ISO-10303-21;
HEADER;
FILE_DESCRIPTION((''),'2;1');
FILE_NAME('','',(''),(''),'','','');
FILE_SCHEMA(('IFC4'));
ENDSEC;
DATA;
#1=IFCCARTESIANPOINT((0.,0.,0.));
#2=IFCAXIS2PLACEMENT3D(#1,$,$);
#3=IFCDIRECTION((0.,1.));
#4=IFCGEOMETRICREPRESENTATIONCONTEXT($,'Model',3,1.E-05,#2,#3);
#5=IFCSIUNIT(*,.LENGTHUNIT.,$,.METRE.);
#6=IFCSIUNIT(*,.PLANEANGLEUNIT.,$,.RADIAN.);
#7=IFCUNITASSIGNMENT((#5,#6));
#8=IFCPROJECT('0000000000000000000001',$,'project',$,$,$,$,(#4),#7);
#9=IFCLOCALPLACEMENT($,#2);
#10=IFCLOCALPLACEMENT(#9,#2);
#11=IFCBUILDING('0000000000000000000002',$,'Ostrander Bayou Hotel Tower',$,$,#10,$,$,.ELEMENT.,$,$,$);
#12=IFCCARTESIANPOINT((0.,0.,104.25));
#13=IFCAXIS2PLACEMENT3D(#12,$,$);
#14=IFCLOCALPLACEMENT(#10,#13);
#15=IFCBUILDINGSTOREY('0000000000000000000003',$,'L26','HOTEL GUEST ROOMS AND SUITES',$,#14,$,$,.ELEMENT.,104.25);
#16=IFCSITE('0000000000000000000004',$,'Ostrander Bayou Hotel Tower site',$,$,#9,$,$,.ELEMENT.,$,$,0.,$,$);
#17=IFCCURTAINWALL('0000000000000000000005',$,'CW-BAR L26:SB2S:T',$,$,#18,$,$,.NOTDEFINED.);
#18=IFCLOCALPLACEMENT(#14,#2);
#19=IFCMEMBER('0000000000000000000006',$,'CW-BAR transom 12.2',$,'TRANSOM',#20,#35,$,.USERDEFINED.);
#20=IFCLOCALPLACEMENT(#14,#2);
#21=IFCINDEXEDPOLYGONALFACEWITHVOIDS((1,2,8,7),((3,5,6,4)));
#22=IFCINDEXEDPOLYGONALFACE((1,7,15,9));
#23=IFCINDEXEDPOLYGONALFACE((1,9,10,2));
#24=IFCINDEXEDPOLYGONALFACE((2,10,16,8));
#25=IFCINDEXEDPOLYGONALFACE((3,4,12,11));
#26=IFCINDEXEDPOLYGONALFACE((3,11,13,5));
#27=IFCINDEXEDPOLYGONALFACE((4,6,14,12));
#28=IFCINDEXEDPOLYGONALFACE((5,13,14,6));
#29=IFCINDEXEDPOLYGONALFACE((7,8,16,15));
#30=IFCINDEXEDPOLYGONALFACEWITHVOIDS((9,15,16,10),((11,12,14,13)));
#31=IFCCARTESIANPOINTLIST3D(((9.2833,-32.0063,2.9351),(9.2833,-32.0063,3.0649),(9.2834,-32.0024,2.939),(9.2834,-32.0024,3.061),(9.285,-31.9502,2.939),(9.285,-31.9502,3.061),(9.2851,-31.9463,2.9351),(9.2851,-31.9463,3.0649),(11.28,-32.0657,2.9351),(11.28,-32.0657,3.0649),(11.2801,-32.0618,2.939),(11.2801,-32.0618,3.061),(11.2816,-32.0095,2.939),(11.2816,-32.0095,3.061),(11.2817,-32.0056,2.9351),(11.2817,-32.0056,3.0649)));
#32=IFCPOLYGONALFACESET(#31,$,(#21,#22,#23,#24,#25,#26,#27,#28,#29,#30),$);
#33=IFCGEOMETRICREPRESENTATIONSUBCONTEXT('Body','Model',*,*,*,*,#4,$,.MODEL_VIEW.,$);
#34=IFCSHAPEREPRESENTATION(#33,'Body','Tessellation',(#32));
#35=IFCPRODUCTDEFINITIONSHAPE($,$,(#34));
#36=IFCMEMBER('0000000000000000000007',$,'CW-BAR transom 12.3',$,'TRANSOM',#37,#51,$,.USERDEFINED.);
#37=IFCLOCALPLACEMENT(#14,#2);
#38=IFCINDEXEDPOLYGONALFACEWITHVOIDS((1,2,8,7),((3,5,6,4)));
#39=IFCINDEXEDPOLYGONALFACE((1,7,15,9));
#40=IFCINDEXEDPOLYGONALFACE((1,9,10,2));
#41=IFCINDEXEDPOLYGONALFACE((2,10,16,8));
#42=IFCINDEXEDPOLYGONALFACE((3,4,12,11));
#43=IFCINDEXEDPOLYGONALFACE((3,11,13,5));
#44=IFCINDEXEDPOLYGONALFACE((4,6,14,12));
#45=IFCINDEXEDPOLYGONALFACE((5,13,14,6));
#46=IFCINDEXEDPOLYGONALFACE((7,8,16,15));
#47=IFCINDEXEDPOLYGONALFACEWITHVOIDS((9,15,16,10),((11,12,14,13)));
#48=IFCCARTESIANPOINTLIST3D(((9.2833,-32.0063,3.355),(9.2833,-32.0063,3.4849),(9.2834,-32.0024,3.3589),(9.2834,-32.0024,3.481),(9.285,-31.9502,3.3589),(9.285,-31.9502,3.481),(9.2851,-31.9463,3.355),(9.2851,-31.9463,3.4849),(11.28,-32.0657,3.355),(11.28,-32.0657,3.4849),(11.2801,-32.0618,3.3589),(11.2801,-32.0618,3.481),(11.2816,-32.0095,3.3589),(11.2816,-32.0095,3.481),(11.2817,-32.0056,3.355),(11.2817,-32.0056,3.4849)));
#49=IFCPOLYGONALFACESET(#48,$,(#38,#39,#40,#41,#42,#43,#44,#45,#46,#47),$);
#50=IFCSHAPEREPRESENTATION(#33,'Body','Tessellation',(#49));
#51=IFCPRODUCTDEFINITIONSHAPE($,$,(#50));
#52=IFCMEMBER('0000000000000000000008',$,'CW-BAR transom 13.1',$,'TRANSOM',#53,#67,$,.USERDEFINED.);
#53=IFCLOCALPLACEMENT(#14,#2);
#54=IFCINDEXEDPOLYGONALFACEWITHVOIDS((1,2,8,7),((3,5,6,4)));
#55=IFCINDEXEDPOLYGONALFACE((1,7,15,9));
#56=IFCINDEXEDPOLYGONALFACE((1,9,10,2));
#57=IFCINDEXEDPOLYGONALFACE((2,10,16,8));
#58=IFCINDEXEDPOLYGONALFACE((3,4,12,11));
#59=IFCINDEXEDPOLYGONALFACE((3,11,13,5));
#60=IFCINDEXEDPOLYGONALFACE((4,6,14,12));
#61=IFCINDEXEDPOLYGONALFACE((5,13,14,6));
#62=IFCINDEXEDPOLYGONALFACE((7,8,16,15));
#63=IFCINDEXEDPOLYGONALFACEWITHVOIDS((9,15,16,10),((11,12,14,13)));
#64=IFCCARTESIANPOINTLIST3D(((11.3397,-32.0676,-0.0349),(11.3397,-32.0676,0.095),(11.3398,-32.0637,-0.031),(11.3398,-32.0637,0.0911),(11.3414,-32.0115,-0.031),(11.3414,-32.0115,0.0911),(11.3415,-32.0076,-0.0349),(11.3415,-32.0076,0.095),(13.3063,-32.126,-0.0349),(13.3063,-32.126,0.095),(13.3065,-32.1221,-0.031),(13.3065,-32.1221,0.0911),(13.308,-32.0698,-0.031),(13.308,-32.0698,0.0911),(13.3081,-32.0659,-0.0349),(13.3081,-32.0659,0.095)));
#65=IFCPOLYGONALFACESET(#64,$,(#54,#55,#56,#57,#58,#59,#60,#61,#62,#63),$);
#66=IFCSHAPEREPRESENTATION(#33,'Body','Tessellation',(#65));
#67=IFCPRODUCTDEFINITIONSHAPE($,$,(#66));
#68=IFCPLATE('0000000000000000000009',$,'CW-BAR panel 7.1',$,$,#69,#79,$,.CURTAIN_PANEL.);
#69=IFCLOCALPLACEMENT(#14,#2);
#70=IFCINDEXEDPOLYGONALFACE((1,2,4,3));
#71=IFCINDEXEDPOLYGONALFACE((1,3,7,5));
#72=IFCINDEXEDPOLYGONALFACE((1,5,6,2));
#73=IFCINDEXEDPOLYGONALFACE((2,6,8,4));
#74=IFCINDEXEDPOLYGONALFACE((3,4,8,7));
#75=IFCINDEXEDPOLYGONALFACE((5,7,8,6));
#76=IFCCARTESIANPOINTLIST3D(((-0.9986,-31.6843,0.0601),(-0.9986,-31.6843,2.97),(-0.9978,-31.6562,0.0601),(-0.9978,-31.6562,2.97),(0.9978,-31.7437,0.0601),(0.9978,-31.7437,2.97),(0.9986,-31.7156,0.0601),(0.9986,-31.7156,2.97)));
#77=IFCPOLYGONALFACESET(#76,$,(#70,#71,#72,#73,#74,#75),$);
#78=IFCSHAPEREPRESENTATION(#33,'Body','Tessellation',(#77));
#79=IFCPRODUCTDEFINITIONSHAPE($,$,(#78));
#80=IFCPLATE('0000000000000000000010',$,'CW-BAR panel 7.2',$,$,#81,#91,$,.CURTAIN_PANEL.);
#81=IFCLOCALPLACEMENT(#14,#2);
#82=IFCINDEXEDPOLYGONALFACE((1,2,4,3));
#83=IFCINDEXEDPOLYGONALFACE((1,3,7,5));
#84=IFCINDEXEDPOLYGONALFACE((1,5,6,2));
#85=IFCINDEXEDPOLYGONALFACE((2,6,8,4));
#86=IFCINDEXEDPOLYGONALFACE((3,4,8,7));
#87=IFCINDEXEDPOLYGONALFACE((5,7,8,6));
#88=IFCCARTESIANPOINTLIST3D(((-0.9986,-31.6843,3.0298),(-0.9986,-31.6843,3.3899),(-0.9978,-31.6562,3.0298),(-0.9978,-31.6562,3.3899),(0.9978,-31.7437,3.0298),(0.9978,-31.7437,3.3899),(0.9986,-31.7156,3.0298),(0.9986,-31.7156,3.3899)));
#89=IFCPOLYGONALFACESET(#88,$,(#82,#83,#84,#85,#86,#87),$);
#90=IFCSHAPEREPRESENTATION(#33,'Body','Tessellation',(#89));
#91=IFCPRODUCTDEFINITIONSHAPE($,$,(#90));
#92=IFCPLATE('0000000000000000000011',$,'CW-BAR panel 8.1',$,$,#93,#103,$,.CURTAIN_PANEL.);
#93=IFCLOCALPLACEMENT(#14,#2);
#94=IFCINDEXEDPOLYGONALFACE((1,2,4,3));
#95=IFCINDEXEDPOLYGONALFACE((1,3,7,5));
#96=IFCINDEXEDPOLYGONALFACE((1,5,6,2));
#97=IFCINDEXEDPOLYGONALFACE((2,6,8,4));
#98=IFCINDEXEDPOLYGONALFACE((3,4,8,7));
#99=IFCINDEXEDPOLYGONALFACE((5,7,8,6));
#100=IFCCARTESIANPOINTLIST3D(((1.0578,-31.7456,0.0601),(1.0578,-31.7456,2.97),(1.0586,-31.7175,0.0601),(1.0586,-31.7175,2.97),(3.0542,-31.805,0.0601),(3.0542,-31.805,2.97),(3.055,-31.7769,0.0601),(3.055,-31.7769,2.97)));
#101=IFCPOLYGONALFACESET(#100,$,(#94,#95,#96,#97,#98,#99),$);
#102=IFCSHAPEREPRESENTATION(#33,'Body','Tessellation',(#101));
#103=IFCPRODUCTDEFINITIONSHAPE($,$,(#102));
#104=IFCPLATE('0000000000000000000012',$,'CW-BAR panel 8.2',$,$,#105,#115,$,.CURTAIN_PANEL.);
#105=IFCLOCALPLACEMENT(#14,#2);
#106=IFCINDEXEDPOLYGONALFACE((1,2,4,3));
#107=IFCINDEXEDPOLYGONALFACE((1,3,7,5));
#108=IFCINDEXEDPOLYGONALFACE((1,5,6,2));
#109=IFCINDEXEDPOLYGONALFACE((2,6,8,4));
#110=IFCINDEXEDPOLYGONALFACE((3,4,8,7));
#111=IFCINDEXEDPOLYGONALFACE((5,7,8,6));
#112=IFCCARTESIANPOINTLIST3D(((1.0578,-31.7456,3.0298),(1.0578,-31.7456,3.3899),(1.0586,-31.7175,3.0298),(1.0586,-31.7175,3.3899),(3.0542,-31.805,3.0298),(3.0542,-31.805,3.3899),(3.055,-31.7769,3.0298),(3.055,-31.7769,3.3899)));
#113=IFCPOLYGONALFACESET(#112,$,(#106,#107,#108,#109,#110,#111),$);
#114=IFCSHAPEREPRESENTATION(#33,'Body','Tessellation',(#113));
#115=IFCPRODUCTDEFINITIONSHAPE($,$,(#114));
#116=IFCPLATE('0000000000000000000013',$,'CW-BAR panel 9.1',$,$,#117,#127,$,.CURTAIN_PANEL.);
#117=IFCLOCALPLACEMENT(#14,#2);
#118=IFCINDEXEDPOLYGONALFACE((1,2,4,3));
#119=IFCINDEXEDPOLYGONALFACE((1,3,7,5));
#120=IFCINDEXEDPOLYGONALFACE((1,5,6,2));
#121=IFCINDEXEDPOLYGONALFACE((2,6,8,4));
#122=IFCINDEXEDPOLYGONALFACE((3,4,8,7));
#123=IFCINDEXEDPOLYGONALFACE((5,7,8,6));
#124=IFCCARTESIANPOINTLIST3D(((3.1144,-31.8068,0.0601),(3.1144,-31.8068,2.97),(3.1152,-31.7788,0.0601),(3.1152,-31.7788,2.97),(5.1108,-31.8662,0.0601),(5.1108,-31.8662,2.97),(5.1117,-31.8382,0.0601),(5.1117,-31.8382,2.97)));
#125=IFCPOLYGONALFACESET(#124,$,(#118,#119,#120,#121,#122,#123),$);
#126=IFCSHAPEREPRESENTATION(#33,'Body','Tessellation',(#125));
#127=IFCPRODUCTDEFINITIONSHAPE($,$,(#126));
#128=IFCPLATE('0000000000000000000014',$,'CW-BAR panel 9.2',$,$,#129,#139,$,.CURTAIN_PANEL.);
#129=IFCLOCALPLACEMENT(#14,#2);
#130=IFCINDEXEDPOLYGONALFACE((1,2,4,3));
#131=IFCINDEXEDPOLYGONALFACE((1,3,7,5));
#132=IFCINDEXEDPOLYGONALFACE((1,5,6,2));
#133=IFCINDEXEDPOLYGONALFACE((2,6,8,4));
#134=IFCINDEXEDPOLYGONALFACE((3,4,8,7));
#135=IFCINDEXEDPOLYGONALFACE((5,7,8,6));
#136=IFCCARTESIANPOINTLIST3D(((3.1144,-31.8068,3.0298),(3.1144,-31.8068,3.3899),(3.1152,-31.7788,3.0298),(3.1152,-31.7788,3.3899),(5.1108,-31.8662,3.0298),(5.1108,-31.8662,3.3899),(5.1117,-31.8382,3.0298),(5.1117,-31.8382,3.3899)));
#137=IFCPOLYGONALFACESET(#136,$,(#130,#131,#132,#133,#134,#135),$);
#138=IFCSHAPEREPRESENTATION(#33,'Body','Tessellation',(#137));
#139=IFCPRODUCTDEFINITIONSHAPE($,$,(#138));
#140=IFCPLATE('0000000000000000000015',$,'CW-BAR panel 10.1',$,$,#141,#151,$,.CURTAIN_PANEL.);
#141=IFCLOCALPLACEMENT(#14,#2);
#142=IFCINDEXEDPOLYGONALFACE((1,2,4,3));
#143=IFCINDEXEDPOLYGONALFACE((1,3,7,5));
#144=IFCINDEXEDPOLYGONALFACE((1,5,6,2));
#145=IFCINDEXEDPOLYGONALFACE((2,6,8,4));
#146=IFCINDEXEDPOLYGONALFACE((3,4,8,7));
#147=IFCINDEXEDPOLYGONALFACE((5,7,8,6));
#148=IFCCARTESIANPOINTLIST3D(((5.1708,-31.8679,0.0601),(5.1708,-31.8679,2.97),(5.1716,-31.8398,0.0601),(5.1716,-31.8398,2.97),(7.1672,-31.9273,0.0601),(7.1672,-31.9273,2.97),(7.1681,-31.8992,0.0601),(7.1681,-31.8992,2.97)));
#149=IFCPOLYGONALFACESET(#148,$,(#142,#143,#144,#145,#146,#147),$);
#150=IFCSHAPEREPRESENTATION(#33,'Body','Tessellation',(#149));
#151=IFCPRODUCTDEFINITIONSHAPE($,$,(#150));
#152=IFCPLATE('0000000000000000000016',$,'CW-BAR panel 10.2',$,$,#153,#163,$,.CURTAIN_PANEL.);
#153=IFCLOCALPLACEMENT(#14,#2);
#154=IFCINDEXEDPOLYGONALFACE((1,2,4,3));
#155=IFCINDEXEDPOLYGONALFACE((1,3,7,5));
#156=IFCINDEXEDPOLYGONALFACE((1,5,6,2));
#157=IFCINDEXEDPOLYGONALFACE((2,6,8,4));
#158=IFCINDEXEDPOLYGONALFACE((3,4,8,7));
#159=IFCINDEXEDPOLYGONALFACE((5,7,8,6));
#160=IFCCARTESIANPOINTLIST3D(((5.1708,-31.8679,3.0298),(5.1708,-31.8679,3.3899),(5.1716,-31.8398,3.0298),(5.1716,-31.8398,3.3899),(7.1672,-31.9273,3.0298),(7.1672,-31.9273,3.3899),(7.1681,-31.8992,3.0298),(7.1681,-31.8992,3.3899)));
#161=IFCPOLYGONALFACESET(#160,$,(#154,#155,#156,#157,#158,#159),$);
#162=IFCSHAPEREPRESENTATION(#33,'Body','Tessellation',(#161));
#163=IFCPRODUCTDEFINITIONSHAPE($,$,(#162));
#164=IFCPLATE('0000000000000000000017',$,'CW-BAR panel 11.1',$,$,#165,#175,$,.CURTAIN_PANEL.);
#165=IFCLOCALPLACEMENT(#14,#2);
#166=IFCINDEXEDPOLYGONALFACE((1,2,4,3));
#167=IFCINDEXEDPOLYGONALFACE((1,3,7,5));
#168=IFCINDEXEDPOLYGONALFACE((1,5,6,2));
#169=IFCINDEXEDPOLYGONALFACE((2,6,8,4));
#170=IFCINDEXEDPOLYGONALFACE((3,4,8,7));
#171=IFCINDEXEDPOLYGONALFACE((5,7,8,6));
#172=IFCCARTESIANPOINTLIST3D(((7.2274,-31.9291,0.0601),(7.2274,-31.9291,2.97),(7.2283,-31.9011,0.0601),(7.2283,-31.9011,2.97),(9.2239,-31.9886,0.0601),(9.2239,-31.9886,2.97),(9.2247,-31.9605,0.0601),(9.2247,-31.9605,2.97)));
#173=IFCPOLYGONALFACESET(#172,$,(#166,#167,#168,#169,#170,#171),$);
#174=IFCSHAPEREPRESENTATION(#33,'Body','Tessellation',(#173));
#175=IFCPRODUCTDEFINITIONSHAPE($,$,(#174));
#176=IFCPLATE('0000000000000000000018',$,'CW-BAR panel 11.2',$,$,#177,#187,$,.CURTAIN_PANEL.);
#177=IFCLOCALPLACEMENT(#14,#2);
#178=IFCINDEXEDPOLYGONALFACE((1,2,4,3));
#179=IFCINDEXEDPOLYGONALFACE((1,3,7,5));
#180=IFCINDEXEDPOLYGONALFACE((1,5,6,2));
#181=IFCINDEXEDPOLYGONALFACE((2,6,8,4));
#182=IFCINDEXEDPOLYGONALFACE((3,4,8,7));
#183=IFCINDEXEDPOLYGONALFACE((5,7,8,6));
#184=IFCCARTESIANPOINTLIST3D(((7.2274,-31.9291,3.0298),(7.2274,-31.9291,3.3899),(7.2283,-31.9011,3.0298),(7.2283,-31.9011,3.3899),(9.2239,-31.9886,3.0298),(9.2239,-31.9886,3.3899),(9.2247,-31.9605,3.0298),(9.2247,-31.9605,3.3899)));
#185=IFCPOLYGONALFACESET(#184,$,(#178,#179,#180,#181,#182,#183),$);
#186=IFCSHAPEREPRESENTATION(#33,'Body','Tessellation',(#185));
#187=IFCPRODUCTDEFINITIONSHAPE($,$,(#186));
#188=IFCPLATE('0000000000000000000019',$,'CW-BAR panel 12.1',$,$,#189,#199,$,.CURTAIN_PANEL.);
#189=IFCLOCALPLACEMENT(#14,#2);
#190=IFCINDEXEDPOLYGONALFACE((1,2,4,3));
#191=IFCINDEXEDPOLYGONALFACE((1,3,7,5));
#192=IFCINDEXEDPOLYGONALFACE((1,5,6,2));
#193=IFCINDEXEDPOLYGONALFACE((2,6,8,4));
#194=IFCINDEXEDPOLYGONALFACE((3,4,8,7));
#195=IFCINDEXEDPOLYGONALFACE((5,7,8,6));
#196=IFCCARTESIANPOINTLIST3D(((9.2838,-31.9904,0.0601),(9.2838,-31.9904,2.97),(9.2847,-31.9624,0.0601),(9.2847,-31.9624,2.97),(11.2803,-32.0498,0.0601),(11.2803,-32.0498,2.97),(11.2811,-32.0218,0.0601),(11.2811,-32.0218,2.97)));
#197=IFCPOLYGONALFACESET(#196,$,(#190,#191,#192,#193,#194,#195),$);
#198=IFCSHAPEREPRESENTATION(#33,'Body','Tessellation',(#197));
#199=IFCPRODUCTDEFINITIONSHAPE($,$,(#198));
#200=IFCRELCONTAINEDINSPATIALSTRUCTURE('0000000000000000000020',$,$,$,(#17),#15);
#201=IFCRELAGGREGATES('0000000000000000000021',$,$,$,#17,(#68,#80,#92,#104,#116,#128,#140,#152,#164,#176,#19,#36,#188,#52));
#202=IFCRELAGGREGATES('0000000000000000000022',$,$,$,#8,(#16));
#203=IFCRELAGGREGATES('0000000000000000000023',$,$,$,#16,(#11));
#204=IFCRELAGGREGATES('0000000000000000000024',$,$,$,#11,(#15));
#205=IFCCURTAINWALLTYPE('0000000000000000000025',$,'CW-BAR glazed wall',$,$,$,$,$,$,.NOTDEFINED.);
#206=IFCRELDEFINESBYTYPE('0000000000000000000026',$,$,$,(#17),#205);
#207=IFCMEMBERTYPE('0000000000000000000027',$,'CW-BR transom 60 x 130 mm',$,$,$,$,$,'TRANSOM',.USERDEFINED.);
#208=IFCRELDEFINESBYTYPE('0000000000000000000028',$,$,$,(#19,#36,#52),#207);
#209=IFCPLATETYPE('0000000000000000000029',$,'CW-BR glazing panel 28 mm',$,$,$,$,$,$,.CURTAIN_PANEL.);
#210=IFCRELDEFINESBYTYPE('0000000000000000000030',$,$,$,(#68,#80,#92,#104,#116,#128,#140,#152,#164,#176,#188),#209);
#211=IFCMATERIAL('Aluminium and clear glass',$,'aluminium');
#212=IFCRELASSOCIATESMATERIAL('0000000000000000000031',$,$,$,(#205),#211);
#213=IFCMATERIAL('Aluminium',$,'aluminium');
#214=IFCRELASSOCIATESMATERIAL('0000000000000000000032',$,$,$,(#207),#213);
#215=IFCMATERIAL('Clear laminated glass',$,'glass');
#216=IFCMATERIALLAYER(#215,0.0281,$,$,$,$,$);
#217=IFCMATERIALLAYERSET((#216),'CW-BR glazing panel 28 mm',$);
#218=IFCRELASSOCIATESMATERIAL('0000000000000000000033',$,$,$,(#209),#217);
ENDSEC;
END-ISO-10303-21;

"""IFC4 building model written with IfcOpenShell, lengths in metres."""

from ifc_helpers import new_model, si_unit, direction, frame, origin, origin_2d, place, context, subcontext, project, spatial, rectangle, hollow_rectangle, extrude, material, layer, layer_set, material_profile, profile_set, type_object, element, aggregate, save


model = new_model("IFC4")

# Units and contexts
model_context = context("Model", 3, precision=1e-05, world=origin(), true_north=direction((0.0, 1.0)))
body_context = subcontext(model_context, "Body", "Model", "MODEL_VIEW")
ifc_project = project(units=[si_unit("LENGTHUNIT", "METRE"), si_unit("PLANEANGLEUNIT", "RADIAN")], contexts=[model_context])

# Site, building, storey
site_placement = place(None, origin())
site = spatial("IfcSite", under=ifc_project, at=site_placement, Name="Ostrander Bayou Hotel Tower site", CompositionType="ELEMENT", RefElevation=0.0)
building_placement = place(site_placement, origin())
building = spatial("IfcBuilding", under=site, at=building_placement, Name="Ostrander Bayou Hotel Tower", CompositionType="ELEMENT")
storey_placement = place(building_placement, frame((0.0, 0.0, 104.25)))
storey = spatial("IfcBuildingStorey", under=building, at=storey_placement, Name="L26", Description="HOTEL GUEST ROOMS AND SUITES", CompositionType="ELEMENT", Elevation=104.25)

# Curtain wall, members, plates
ifc_material_1 = material(Name="Aluminium and clear glass", Category="aluminium")
curtain_wall_type = type_object("IfcCurtainWallType", Name="CW-BAR glazed wall", PredefinedType="NOTDEFINED", material=ifc_material_1)
curtain_wall_placement = place(storey_placement, origin())
curtain_wall = element("IfcCurtainWall", 1, at=curtain_wall_placement, inside=storey, type_object=curtain_wall_type, Name="CW-BAR L26:SB2S:T", PredefinedType="NOTDEFINED")
ifc_material_2 = material(Name="Aluminium", Category="aluminium")
ifc_material_profile_1 = material_profile(ifc_material_2, hollow_rectangle(XDim=0.0601, YDim=0.1299, WallThickness=0.0039, at=origin_2d()))
ifc_profile_set_1 = profile_set([ifc_material_profile_1], Name="Aluminium")
member_type_1 = type_object("IfcMemberType", Name="CW-BR transom 60 x 130 mm", ElementType="TRANSOM", PredefinedType="USERDEFINED", material=ifc_profile_set_1)
member_1_placement = place(storey_placement, frame((9.2842, -31.9763, 3.0), z_axis=(0.999559, -0.029701, 0.0), x_axis=(0.029701, 0.999559, 0.0)))
member_1 = element("IfcMember", 2, at=member_1_placement, type_object=member_type_1, Name="CW-BAR transom 12.2", ObjectType="TRANSOM", PredefinedType="USERDEFINED", context=body_context, shape_type="SweptSolid", body=[
    extrude(hollow_rectangle(XDim=0.0601, YDim=0.1299, WallThickness=0.0039, at=origin_2d()), origin(), (0.0, 0.0, 1.0), 1.9976),
])
member_2_placement = place(storey_placement, frame((9.2842, -31.9763, 3.4199), z_axis=(0.999559, -0.029701, 0.0), x_axis=(0.029701, 0.999559, 0.0)))
member_2 = element("IfcMember", 3, at=member_2_placement, type_object=member_type_1, Name="CW-BAR transom 12.3", ObjectType="TRANSOM", PredefinedType="USERDEFINED", context=body_context, shape_type="SweptSolid", body=[
    extrude(hollow_rectangle(XDim=0.0601, YDim=0.1299, WallThickness=0.0039, at=origin_2d()), origin(), (0.0, 0.0, 1.0), 1.9976),
])
member_3_placement = place(storey_placement, frame((11.3406, -32.0376, 0.03), z_axis=(0.99956, -0.029658, 0.0), x_axis=(0.029658, 0.99956, 0.0)))
member_3 = element("IfcMember", 4, at=member_3_placement, type_object=member_type_1, Name="CW-BAR transom 13.1", ObjectType="TRANSOM", PredefinedType="USERDEFINED", context=body_context, shape_type="SweptSolid", body=[
    extrude(hollow_rectangle(XDim=0.0601, YDim=0.1299, WallThickness=0.0039, at=origin_2d()), origin(), (0.0, 0.0, 1.0), 1.9675),
])
ifc_material_3 = material(Name="Clear laminated glass", Category="glass")
ifc_layer_1 = layer(ifc_material_3, 0.0281)
ifc_layer_set_1 = layer_set([ifc_layer_1], Name="CW-BR glazing panel 28 mm")
plate_type = type_object("IfcPlateType", Name="CW-BR glazing panel 28 mm", PredefinedType="CURTAIN_PANEL", material=ifc_layer_set_1)
plate_1_placement = place(storey_placement, frame((0.0, -31.7, 0.0601), z_axis=(0.0, 0.0, 1.0), x_axis=(0.999557, -0.029746, 0.0)))
plate_1 = element("IfcPlate", 5, at=plate_1_placement, type_object=plate_type, Name="CW-BAR panel 7.1", PredefinedType="CURTAIN_PANEL", context=body_context, shape_type="SweptSolid", body=[
    extrude(rectangle(XDim=1.9973, YDim=0.0281, at=origin_2d()), origin(), (0.0, 0.0, 1.0), 2.9099),
])
plate_2_placement = place(storey_placement, frame((0.0, -31.7, 3.0298), z_axis=(0.0, 0.0, 1.0), x_axis=(0.999557, -0.029746, 0.0)))
plate_2 = element("IfcPlate", 6, at=plate_2_placement, type_object=plate_type, Name="CW-BAR panel 7.2", PredefinedType="CURTAIN_PANEL", context=body_context, shape_type="SweptSolid", body=[
    extrude(rectangle(XDim=1.9973, YDim=0.0281, at=origin_2d()), origin(), (0.0, 0.0, 1.0), 0.3601),
])
plate_3_placement = place(storey_placement, frame((2.0564, -31.7612, 0.0601), z_axis=(0.0, 0.0, 1.0), x_axis=(0.999557, -0.029746, 0.0)))
plate_3 = element("IfcPlate", 7, at=plate_3_placement, type_object=plate_type, Name="CW-BAR panel 8.1", PredefinedType="CURTAIN_PANEL", context=body_context, shape_type="SweptSolid", body=[
    extrude(rectangle(XDim=1.9973, YDim=0.0281, at=origin_2d()), origin(), (0.0, 0.0, 1.0), 2.9099),
])
plate_4_placement = place(storey_placement, frame((2.0564, -31.7612, 3.0298), z_axis=(0.0, 0.0, 1.0), x_axis=(0.999557, -0.029746, 0.0)))
plate_4 = element("IfcPlate", 8, at=plate_4_placement, type_object=plate_type, Name="CW-BAR panel 8.2", PredefinedType="CURTAIN_PANEL", context=body_context, shape_type="SweptSolid", body=[
    extrude(rectangle(XDim=1.9973, YDim=0.0281, at=origin_2d()), origin(), (0.0, 0.0, 1.0), 0.3601),
])
plate_5_placement = place(storey_placement, frame((4.113, -31.8225, 0.0601), z_axis=(0.0, 0.0, 1.0), x_axis=(0.999557, -0.029746, 0.0)))
plate_5 = element("IfcPlate", 9, at=plate_5_placement, type_object=plate_type, Name="CW-BAR panel 9.1", PredefinedType="CURTAIN_PANEL", context=body_context, shape_type="SweptSolid", body=[
    extrude(rectangle(XDim=1.9973, YDim=0.0281, at=origin_2d()), origin(), (0.0, 0.0, 1.0), 2.9099),
])
plate_6_placement = place(storey_placement, frame((4.113, -31.8225, 3.0298), z_axis=(0.0, 0.0, 1.0), x_axis=(0.999557, -0.029746, 0.0)))
plate_6 = element("IfcPlate", 10, at=plate_6_placement, type_object=plate_type, Name="CW-BAR panel 9.2", PredefinedType="CURTAIN_PANEL", context=body_context, shape_type="SweptSolid", body=[
    extrude(rectangle(XDim=1.9973, YDim=0.0281, at=origin_2d()), origin(), (0.0, 0.0, 1.0), 0.3601),
])
plate_7_placement = place(storey_placement, frame((6.1694, -31.8835, 0.0601), z_axis=(0.0, 0.0, 1.0), x_axis=(0.999557, -0.029746, 0.0)))
plate_7 = element("IfcPlate", 11, at=plate_7_placement, type_object=plate_type, Name="CW-BAR panel 10.1", PredefinedType="CURTAIN_PANEL", context=body_context, shape_type="SweptSolid", body=[
    extrude(rectangle(XDim=1.9973, YDim=0.0281, at=origin_2d()), origin(), (0.0, 0.0, 1.0), 2.9099),
])
plate_8_placement = place(storey_placement, frame((6.1694, -31.8835, 3.0298), z_axis=(0.0, 0.0, 1.0), x_axis=(0.999557, -0.029746, 0.0)))
plate_8 = element("IfcPlate", 12, at=plate_8_placement, type_object=plate_type, Name="CW-BAR panel 10.2", PredefinedType="CURTAIN_PANEL", context=body_context, shape_type="SweptSolid", body=[
    extrude(rectangle(XDim=1.9973, YDim=0.0281, at=origin_2d()), origin(), (0.0, 0.0, 1.0), 0.3601),
])
plate_9_placement = place(storey_placement, frame((8.2261, -31.9448, 0.0601), z_axis=(0.0, 0.0, 1.0), x_axis=(0.999557, -0.029746, 0.0)))
plate_9 = element("IfcPlate", 13, at=plate_9_placement, type_object=plate_type, Name="CW-BAR panel 11.1", PredefinedType="CURTAIN_PANEL", context=body_context, shape_type="SweptSolid", body=[
    extrude(rectangle(XDim=1.9973, YDim=0.0281, at=origin_2d()), origin(), (0.0, 0.0, 1.0), 2.9099),
])
plate_10_placement = place(storey_placement, frame((8.2261, -31.9448, 3.0298), z_axis=(0.0, 0.0, 1.0), x_axis=(0.999557, -0.029746, 0.0)))
plate_10 = element("IfcPlate", 14, at=plate_10_placement, type_object=plate_type, Name="CW-BAR panel 11.2", PredefinedType="CURTAIN_PANEL", context=body_context, shape_type="SweptSolid", body=[
    extrude(rectangle(XDim=1.9973, YDim=0.0281, at=origin_2d()), origin(), (0.0, 0.0, 1.0), 0.3601),
])
plate_11_placement = place(storey_placement, frame((10.2825, -32.0061, 0.0601), z_axis=(0.0, 0.0, 1.0), x_axis=(0.999557, -0.029746, 0.0)))
plate_11 = element("IfcPlate", 15, at=plate_11_placement, type_object=plate_type, Name="CW-BAR panel 12.1", PredefinedType="CURTAIN_PANEL", context=body_context, shape_type="SweptSolid", body=[
    extrude(rectangle(XDim=1.9973, YDim=0.0281, at=origin_2d()), origin(), (0.0, 0.0, 1.0), 2.9099),
])
aggregate(curtain_wall, [plate_1, plate_2, plate_3, plate_4, plate_5, plate_6, plate_7, plate_8, plate_9, plate_10, member_1, member_2, plate_11, member_3])

save(model, "model.ifc")
